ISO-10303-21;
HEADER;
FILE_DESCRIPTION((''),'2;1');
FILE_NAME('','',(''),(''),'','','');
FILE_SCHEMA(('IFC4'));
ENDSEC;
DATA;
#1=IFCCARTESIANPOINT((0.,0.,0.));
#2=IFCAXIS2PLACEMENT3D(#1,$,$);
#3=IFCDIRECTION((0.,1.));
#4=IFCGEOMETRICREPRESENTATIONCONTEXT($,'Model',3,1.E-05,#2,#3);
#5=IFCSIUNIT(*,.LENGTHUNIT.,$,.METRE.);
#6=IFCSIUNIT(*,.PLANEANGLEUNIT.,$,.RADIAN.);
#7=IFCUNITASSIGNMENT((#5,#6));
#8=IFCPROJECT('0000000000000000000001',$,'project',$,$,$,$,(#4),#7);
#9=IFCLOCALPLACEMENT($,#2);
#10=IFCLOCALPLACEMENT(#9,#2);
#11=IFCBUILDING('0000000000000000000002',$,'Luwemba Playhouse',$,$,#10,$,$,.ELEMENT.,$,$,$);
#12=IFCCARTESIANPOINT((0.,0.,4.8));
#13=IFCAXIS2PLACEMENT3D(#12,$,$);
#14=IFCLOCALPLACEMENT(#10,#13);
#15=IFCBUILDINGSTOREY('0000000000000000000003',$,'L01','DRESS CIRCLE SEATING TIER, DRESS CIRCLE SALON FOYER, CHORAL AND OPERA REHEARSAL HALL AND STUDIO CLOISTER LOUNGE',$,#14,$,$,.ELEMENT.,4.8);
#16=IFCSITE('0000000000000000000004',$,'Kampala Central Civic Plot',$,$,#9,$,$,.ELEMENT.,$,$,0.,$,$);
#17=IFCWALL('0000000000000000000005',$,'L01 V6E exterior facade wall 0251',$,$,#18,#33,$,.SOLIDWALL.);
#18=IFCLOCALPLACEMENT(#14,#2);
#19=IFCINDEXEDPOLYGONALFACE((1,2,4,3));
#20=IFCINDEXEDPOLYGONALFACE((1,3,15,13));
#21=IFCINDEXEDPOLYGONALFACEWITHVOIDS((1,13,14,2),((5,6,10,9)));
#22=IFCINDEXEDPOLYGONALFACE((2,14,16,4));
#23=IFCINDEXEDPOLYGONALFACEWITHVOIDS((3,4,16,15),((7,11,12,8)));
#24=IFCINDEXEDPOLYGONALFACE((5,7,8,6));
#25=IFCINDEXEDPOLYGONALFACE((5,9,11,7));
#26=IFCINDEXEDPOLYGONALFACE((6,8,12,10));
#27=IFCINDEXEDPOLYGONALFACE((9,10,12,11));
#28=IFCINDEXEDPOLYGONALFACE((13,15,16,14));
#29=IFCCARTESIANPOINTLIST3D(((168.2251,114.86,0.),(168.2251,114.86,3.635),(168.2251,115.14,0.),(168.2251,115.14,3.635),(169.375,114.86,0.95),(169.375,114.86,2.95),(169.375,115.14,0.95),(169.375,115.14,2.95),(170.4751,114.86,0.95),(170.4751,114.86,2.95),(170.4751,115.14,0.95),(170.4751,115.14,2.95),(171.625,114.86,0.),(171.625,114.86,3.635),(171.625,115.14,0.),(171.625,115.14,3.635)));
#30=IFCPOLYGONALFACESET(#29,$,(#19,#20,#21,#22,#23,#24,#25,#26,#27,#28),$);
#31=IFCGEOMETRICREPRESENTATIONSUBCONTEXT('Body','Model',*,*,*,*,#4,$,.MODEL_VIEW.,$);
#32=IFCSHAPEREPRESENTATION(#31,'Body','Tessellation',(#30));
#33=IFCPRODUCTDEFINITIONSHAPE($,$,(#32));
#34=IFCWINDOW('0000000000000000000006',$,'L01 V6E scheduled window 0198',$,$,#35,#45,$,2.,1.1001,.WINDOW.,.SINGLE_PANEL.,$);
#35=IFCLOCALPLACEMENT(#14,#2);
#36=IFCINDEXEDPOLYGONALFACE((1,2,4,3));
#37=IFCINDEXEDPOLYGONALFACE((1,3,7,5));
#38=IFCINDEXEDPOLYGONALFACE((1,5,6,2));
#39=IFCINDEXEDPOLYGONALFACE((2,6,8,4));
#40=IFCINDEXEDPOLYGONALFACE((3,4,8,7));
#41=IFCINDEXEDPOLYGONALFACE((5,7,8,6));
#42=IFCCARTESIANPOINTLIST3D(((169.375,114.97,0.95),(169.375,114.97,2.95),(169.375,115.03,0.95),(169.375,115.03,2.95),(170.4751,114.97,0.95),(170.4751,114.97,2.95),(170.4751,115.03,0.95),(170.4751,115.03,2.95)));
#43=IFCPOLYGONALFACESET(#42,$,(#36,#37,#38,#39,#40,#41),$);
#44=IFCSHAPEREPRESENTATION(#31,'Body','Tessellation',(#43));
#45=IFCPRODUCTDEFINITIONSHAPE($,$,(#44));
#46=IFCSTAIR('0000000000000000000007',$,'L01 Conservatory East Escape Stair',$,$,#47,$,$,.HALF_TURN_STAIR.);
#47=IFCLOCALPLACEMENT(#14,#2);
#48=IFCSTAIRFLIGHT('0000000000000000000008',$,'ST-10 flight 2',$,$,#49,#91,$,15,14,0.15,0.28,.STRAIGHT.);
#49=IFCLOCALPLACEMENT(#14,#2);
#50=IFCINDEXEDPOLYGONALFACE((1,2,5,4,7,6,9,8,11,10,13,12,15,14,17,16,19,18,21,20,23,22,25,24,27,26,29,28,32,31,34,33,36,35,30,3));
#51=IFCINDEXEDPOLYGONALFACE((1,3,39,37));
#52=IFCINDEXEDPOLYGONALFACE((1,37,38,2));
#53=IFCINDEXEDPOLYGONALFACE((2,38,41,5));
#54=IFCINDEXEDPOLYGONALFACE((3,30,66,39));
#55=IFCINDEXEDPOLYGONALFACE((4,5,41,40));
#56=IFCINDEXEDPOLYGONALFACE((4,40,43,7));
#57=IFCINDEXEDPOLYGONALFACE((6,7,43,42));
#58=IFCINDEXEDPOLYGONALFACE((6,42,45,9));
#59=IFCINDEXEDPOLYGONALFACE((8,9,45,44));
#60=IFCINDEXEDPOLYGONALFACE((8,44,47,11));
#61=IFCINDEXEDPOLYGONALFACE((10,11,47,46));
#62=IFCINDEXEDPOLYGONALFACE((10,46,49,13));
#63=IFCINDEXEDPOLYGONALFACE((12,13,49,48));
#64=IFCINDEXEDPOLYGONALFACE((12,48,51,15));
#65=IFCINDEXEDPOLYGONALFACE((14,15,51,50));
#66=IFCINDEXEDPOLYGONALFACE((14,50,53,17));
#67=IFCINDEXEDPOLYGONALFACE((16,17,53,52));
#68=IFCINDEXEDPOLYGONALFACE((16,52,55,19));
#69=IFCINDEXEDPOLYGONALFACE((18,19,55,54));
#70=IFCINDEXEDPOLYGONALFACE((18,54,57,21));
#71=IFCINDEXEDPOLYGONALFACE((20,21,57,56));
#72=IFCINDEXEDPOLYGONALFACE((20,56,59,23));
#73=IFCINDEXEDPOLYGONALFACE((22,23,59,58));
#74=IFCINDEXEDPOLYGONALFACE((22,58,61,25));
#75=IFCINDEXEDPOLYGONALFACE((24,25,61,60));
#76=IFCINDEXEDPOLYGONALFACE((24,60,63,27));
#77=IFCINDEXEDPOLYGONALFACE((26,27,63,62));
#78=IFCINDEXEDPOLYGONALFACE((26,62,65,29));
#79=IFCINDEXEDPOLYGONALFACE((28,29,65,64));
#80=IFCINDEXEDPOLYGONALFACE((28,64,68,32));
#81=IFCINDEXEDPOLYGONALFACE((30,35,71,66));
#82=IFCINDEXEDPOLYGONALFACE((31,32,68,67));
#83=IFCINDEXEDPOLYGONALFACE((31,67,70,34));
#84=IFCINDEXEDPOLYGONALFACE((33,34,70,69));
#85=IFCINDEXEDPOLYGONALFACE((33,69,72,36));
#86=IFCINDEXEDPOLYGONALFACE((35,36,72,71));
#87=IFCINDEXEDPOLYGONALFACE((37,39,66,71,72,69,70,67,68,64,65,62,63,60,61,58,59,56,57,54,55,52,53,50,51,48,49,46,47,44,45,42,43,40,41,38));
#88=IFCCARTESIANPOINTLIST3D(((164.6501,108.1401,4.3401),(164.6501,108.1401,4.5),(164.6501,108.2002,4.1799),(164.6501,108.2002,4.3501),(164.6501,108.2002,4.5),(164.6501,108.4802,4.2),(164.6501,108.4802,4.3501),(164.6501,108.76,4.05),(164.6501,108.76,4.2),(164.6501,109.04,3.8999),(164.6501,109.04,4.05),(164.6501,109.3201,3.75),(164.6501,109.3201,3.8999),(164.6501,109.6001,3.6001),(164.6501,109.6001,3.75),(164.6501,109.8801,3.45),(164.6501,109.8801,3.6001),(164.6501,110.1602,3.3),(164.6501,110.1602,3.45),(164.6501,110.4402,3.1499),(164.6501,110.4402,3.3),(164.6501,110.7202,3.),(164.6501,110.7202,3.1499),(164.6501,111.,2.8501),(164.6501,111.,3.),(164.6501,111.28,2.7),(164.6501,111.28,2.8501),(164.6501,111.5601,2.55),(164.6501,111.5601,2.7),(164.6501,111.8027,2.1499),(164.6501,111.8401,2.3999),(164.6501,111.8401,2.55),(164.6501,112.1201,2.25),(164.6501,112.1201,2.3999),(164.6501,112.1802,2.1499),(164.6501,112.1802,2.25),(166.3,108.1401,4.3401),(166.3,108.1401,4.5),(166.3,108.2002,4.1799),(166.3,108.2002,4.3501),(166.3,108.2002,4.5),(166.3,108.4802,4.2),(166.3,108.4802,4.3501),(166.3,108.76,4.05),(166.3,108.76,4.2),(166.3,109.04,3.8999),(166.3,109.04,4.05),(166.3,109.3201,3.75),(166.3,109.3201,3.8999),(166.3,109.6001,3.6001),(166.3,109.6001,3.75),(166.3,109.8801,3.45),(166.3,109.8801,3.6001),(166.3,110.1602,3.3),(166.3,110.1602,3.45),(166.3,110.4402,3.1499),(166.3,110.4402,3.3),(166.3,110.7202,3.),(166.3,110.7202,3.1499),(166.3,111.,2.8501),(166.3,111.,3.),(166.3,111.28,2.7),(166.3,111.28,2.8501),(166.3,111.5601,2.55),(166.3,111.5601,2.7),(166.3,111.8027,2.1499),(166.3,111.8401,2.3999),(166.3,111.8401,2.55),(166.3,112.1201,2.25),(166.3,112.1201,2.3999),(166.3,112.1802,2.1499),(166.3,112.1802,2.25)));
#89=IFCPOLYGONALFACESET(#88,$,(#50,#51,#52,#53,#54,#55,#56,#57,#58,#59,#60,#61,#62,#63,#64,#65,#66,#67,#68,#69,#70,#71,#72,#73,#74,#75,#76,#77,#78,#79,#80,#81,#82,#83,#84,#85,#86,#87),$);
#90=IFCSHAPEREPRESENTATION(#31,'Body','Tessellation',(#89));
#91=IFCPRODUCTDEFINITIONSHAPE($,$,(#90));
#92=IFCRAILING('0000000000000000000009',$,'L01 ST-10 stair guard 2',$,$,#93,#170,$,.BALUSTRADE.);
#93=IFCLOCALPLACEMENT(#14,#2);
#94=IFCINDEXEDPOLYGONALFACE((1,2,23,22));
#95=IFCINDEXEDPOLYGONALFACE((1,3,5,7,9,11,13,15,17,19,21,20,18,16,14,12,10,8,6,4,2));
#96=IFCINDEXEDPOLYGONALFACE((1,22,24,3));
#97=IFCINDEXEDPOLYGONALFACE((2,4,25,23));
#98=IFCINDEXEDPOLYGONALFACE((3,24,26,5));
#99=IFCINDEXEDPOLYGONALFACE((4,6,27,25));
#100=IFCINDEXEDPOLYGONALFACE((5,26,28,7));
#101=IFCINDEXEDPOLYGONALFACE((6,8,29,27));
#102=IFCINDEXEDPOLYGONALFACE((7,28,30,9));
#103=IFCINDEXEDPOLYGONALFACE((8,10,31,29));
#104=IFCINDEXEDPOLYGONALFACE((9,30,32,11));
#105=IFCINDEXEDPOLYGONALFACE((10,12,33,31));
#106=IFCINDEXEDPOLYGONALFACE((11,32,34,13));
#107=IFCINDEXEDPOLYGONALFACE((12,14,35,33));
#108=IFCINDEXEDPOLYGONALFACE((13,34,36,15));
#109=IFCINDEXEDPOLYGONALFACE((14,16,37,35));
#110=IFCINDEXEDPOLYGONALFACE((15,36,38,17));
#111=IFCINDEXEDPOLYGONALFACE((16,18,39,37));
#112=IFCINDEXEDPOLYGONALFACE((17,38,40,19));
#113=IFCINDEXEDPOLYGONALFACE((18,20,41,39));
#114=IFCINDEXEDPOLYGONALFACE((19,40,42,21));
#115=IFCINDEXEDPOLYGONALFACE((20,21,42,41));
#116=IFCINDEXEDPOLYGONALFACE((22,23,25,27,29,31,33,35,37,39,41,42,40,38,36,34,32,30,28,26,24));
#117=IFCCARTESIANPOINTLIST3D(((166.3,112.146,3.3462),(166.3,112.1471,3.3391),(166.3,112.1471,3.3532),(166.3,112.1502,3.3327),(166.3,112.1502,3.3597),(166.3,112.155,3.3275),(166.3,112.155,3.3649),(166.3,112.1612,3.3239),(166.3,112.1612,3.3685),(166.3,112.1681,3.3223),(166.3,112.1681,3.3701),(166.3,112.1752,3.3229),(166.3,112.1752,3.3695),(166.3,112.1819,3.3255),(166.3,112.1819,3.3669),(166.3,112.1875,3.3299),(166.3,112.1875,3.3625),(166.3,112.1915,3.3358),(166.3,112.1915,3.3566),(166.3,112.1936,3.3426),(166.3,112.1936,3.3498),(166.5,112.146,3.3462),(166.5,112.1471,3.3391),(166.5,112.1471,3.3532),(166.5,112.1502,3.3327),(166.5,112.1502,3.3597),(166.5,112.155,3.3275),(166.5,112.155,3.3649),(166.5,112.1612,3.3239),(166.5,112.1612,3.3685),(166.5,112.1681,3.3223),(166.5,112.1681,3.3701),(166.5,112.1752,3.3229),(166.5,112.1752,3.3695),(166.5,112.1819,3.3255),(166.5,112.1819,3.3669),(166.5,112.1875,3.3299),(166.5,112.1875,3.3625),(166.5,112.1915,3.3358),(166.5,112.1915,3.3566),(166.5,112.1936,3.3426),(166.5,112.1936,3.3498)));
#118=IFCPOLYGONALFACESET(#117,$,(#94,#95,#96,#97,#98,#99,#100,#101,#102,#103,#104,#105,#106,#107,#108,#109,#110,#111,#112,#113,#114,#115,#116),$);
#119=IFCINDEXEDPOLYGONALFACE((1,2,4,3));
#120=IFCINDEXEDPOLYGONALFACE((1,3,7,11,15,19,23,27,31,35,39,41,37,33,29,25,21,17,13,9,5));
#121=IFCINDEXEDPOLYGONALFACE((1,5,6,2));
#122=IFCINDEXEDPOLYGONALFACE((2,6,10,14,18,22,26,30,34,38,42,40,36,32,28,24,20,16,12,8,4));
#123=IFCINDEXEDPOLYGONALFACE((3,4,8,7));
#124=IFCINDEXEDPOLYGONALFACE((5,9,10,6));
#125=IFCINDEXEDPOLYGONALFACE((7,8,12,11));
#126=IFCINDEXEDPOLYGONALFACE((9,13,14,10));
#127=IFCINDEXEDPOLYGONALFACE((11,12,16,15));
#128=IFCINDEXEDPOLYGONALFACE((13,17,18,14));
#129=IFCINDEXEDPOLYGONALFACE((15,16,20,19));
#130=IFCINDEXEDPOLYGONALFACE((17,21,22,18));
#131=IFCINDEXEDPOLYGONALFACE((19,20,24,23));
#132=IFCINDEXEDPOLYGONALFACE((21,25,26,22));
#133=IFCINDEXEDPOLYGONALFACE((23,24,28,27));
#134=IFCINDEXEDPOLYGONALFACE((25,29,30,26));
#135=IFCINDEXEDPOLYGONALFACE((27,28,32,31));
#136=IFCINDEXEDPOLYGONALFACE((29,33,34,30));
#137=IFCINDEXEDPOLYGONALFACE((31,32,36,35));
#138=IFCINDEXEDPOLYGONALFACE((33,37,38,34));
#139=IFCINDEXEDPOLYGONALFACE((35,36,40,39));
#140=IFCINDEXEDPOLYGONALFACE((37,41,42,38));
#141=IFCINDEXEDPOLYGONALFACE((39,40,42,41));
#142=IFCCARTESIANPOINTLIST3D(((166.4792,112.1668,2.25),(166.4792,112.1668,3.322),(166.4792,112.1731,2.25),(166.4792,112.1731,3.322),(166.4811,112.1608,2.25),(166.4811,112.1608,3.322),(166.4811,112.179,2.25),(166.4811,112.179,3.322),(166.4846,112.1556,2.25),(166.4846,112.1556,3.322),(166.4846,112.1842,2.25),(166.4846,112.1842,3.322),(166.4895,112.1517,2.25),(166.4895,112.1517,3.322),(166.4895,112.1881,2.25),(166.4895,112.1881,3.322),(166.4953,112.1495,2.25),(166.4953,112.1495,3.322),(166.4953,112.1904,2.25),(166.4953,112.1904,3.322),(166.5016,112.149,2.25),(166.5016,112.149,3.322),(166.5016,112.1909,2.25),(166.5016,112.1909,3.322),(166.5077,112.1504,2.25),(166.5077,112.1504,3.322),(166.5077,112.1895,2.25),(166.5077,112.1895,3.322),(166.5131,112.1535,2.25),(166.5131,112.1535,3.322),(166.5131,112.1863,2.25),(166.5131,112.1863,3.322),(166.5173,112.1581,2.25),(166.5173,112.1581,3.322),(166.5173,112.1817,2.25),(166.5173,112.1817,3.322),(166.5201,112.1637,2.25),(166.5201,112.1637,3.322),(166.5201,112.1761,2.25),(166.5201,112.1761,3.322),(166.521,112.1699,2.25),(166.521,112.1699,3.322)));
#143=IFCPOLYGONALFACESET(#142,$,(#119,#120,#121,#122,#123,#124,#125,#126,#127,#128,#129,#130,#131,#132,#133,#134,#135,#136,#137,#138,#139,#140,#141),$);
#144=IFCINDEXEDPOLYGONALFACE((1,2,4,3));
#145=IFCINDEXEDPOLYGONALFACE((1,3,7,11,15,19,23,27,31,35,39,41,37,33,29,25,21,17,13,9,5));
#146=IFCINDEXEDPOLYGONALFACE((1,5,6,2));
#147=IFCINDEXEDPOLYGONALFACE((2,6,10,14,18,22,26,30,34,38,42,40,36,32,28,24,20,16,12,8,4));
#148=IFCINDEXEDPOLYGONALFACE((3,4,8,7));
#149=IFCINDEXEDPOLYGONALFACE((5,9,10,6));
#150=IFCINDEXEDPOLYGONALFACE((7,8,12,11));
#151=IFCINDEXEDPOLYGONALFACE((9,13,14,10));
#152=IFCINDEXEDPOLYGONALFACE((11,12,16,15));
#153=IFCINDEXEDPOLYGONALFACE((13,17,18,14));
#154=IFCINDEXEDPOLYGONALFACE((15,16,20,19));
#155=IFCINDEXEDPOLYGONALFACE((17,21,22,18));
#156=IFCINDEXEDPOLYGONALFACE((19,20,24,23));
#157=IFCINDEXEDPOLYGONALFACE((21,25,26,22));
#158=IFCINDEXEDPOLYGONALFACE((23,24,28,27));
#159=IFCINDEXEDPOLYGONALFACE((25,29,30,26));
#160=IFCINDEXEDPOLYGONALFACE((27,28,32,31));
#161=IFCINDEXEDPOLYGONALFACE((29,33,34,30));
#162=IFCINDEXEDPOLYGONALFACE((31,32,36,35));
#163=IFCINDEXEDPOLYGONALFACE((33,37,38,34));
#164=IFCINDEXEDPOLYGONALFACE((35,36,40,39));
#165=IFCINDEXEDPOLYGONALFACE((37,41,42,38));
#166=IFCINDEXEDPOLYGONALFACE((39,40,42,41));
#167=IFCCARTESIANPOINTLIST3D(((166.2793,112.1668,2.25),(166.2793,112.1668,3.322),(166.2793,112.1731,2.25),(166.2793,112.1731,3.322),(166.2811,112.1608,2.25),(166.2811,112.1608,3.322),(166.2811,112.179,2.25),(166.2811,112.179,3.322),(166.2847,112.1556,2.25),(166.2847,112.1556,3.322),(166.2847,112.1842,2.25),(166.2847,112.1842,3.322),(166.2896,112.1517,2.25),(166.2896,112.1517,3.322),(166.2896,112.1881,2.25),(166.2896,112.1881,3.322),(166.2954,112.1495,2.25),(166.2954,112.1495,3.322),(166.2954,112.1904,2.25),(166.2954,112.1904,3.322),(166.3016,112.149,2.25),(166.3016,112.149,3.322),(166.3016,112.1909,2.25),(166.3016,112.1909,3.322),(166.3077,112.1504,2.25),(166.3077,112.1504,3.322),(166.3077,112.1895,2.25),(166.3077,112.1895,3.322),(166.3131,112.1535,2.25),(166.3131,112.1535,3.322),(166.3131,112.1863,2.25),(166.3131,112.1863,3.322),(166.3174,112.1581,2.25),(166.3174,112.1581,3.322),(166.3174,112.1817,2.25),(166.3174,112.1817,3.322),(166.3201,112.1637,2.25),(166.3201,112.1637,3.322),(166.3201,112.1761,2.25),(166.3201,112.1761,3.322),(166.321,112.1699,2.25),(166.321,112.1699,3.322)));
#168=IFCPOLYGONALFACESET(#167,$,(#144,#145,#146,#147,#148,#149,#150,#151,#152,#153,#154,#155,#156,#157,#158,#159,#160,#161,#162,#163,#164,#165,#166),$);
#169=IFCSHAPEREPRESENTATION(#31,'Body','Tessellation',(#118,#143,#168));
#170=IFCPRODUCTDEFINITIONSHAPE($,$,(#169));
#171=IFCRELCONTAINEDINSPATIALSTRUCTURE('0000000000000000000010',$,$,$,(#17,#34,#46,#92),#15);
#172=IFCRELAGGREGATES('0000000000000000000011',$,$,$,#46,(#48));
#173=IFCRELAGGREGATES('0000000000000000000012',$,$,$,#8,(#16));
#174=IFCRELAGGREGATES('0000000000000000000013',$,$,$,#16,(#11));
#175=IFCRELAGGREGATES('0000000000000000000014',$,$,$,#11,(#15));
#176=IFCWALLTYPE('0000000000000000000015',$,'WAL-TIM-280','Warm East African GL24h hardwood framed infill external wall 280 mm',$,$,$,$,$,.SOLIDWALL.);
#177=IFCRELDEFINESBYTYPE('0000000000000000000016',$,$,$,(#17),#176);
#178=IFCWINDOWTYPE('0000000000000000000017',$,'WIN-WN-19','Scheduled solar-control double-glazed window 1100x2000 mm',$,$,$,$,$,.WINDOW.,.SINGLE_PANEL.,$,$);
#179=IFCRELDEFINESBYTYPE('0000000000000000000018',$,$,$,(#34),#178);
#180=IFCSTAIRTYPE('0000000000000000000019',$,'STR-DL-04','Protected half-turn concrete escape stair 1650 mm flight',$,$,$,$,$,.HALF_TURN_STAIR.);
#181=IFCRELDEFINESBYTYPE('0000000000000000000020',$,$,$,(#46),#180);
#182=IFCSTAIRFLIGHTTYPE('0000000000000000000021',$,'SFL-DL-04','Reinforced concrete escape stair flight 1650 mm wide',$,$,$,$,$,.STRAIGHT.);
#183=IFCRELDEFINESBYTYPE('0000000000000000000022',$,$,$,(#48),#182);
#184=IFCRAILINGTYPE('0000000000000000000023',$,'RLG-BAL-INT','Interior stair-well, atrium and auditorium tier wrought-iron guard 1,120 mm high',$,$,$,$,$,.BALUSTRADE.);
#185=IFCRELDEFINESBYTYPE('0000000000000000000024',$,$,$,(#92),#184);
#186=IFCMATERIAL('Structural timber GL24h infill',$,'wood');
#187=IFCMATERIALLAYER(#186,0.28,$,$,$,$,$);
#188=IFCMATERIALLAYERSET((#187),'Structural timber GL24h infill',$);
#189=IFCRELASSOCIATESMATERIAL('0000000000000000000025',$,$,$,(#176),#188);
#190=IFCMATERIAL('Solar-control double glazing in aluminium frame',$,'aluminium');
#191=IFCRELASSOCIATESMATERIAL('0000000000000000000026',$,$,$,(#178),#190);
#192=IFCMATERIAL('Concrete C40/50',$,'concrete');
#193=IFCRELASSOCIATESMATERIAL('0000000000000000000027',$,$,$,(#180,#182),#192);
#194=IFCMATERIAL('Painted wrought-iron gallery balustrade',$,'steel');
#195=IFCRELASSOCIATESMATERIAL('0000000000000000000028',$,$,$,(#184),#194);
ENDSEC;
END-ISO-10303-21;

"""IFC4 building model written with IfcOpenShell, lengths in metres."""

from ifc_helpers import new_model, si_unit, direction, frame, frame_2d, origin, origin_2d, place, context, subcontext, project, spatial, polyline, rectangle, circle, outline, extrude, material, layer, layer_set, type_object, element, fill, aggregate, save


model = new_model("IFC4")

# Units and contexts
model_context = context("Model", 3, precision=1e-05, world=origin(), true_north=direction((0.0, 1.0)))
body_context = subcontext(model_context, "Body", "Model", "MODEL_VIEW")
ifc_project = project(units=[si_unit("LENGTHUNIT", "METRE"), si_unit("PLANEANGLEUNIT", "RADIAN")], contexts=[model_context])

# Site, building, storey
site_placement = place(None, origin())
site = spatial("IfcSite", under=ifc_project, at=site_placement, Name="Kampala Central Civic Plot", CompositionType="ELEMENT", RefElevation=0.0)
building_placement = place(site_placement, origin())
building = spatial("IfcBuilding", under=site, at=building_placement, Name="Luwemba Playhouse", CompositionType="ELEMENT")
storey_placement = place(building_placement, frame((0.0, 0.0, 4.8)))
storey = spatial("IfcBuildingStorey", under=building, at=storey_placement, Name="L01", Description="DRESS CIRCLE SEATING TIER, DRESS CIRCLE SALON FOYER, CHORAL AND OPERA REHEARSAL HALL AND STUDIO CLOISTER LOUNGE", CompositionType="ELEMENT", Elevation=4.8)

# Shared definitions
ifc_material_1 = material(Name="Concrete C40/50", Category="concrete")

# Shared definitions
ifc_material_2 = material(Name="Solar-control double glazing in aluminium frame", Category="aluminium")

# Wall, opening, window
ifc_material_3 = material(Name="Structural timber GL24h infill", Category="wood")
ifc_layer_1 = layer(ifc_material_3, 0.28)
ifc_layer_set_1 = layer_set([ifc_layer_1], Name="Structural timber GL24h infill")
wall_type_1 = type_object("IfcWallType", Name="WAL-TIM-280", Description="Warm East African GL24h hardwood framed infill external wall 280 mm", PredefinedType="SOLIDWALL", material=ifc_layer_set_1)
wall_1_placement = place(storey_placement, frame((168.2251, 115.0, 0.0), z_axis=(0.0, 0.0, 1.0), x_axis=(1.0, 0.0, 0.0)))
wall_1 = element("IfcWall", 1, at=wall_1_placement, inside=storey, type_object=wall_type_1, Name="L01 V6E exterior facade wall 0251", PredefinedType="SOLIDWALL", context=body_context, shape_type="SweptSolid", body=[
    extrude(rectangle(XDim=3.3999, YDim=0.28, at=frame_2d((1.7, 0.0))), origin(), (0.0, 0.0, 1.0), 3.635),
])
opening_1_placement = place(wall_1_placement, frame((1.1499, 0.0, 0.95)))
opening_1 = element("IfcOpeningElement", 2, at=opening_1_placement, cuts=wall_1, PredefinedType="OPENING", context=body_context, shape_type="SweptSolid", body=[
    extrude(rectangle(XDim=1.1001, YDim=2.0, at=frame_2d((0.55, 1.0))), frame((0.0, 0.1499, 0.0), z_axis=(0.0, -1.0, 0.0), x_axis=(1.0, 0.0, 0.0)), (0.0, 0.0, 1.0), 0.3),
])
window_type_1 = type_object("IfcWindowType", Name="WIN-WN-19", Description="Scheduled solar-control double-glazed window 1100x2000 mm", PartitioningType="SINGLE_PANEL", PredefinedType="WINDOW", material=ifc_material_2)
window_1_placement = place(opening_1_placement, origin())
window_1 = element("IfcWindow", 3, at=window_1_placement, inside=storey, type_object=window_type_1, Name="L01 V6E scheduled window 0198", OverallHeight=2.0, OverallWidth=1.1001, PartitioningType="SINGLE_PANEL", PredefinedType="WINDOW", context=body_context, shape_type="SweptSolid", body=[
    extrude(rectangle(XDim=1.1001, YDim=2.0, at=frame_2d((0.55, 1.0))), frame((0.0, 0.03, 0.0), z_axis=(0.0, -1.0, 0.0), x_axis=(1.0, 0.0, 0.0)), (0.0, 0.0, 1.0), 0.0601),
])
fill(opening_1, window_1)

# Stair, stair flight
stair_type = type_object("IfcStairType", Name="STR-DL-04", Description="Protected half-turn concrete escape stair 1650 mm flight", PredefinedType="HALF_TURN_STAIR", material=ifc_material_1)
stair_placement = place(storey_placement, origin())
stair = element("IfcStair", 4, at=stair_placement, inside=storey, type_object=stair_type, Name="L01 Conservatory East Escape Stair", PredefinedType="HALF_TURN_STAIR")
stair_flight_type = type_object("IfcStairFlightType", Name="SFL-DL-04", Description="Reinforced concrete escape stair flight 1650 mm wide", PredefinedType="STRAIGHT", material=ifc_material_1)
stair_flight_placement = place(storey_placement, frame((165.4751, 112.1201, 2.25), z_axis=(0.0, 0.0, 1.0), x_axis=(0.0, -1.0, 0.0)))
stair_flight = element("IfcStairFlight", 5, at=stair_flight_placement, type_object=stair_flight_type, Name="ST-10 flight 2", NumberOfRisers=15, NumberOfTreads=14, PredefinedType="STRAIGHT", RiserHeight=0.15, TreadLength=0.28, context=body_context, shape_type="SweptSolid", body=[
    extrude(outline(polyline([(-0.0601, -0.1001), (-0.0601, 0.0), (0.0, 0.0), (0.0, 0.1499), (0.28, 0.1499), (0.28, 0.3), (0.5601, 0.3), (0.5601, 0.45), (0.8401, 0.45), (0.8401, 0.6001), (1.1201, 0.6001), (1.1201, 0.75), (1.3999, 0.75), (1.3999, 0.8999), (1.6799, 0.8999), (1.6799, 1.05), (1.96, 1.05), (1.96, 1.2), (2.24, 1.2), (2.24, 1.3501), (2.52, 1.3501), (2.52, 1.5), (2.8, 1.5), (2.8, 1.6499), (3.0801, 1.6499), (3.0801, 1.8), (3.3601, 1.8), (3.3601, 1.95), (3.6399, 1.95), (3.6399, 2.1001), (3.9199, 2.1001), (3.9199, 2.25), (3.98, 2.25), (3.98, 2.0901), (3.9199, 1.9299), (0.3174, -0.1001), (-0.0601, -0.1001)])), frame((0.0, 0.825, 0.0), z_axis=(0.0, -1.0, 0.0), x_axis=(1.0, 0.0, 0.0)), (0.0, 0.0, 1.0), 1.6499),
])
aggregate(stair, [stair_flight])

# Railing
ifc_material_4 = material(Name="Painted wrought-iron gallery balustrade", Category="steel")
railing_type_1 = type_object("IfcRailingType", Name="RLG-BAL-INT", Description="Interior stair-well, atrium and auditorium tier wrought-iron guard 1,120 mm high", PredefinedType="BALUSTRADE", material=ifc_material_4)
railing_1_placement = place(storey_placement, frame((166.5, 112.1699, 2.25)))
element("IfcRailing", 6, at=railing_1_placement, inside=storey, type_object=railing_type_1, Name="L01 ST-10 stair guard 2", PredefinedType="BALUSTRADE", context=body_context, shape_type="SweptSolid", body=[
    extrude(circle(Radius=0.0239, at=origin_2d()), frame((0.0, 0.0, 1.0962), z_axis=(-1.0, 0.0, 0.0), x_axis=(0.0, -1.0, 0.0)), (0.0, 0.0, 1.0), 0.2),
    extrude(circle(Radius=0.021, at=origin_2d()), origin(), (0.0, 0.0, 1.0), 1.072),
    extrude(circle(Radius=0.021, at=origin_2d()), frame((-0.2, 0.0, 0.0)), (0.0, 0.0, 1.0), 1.072),
])

save(model, "model.ifc")
